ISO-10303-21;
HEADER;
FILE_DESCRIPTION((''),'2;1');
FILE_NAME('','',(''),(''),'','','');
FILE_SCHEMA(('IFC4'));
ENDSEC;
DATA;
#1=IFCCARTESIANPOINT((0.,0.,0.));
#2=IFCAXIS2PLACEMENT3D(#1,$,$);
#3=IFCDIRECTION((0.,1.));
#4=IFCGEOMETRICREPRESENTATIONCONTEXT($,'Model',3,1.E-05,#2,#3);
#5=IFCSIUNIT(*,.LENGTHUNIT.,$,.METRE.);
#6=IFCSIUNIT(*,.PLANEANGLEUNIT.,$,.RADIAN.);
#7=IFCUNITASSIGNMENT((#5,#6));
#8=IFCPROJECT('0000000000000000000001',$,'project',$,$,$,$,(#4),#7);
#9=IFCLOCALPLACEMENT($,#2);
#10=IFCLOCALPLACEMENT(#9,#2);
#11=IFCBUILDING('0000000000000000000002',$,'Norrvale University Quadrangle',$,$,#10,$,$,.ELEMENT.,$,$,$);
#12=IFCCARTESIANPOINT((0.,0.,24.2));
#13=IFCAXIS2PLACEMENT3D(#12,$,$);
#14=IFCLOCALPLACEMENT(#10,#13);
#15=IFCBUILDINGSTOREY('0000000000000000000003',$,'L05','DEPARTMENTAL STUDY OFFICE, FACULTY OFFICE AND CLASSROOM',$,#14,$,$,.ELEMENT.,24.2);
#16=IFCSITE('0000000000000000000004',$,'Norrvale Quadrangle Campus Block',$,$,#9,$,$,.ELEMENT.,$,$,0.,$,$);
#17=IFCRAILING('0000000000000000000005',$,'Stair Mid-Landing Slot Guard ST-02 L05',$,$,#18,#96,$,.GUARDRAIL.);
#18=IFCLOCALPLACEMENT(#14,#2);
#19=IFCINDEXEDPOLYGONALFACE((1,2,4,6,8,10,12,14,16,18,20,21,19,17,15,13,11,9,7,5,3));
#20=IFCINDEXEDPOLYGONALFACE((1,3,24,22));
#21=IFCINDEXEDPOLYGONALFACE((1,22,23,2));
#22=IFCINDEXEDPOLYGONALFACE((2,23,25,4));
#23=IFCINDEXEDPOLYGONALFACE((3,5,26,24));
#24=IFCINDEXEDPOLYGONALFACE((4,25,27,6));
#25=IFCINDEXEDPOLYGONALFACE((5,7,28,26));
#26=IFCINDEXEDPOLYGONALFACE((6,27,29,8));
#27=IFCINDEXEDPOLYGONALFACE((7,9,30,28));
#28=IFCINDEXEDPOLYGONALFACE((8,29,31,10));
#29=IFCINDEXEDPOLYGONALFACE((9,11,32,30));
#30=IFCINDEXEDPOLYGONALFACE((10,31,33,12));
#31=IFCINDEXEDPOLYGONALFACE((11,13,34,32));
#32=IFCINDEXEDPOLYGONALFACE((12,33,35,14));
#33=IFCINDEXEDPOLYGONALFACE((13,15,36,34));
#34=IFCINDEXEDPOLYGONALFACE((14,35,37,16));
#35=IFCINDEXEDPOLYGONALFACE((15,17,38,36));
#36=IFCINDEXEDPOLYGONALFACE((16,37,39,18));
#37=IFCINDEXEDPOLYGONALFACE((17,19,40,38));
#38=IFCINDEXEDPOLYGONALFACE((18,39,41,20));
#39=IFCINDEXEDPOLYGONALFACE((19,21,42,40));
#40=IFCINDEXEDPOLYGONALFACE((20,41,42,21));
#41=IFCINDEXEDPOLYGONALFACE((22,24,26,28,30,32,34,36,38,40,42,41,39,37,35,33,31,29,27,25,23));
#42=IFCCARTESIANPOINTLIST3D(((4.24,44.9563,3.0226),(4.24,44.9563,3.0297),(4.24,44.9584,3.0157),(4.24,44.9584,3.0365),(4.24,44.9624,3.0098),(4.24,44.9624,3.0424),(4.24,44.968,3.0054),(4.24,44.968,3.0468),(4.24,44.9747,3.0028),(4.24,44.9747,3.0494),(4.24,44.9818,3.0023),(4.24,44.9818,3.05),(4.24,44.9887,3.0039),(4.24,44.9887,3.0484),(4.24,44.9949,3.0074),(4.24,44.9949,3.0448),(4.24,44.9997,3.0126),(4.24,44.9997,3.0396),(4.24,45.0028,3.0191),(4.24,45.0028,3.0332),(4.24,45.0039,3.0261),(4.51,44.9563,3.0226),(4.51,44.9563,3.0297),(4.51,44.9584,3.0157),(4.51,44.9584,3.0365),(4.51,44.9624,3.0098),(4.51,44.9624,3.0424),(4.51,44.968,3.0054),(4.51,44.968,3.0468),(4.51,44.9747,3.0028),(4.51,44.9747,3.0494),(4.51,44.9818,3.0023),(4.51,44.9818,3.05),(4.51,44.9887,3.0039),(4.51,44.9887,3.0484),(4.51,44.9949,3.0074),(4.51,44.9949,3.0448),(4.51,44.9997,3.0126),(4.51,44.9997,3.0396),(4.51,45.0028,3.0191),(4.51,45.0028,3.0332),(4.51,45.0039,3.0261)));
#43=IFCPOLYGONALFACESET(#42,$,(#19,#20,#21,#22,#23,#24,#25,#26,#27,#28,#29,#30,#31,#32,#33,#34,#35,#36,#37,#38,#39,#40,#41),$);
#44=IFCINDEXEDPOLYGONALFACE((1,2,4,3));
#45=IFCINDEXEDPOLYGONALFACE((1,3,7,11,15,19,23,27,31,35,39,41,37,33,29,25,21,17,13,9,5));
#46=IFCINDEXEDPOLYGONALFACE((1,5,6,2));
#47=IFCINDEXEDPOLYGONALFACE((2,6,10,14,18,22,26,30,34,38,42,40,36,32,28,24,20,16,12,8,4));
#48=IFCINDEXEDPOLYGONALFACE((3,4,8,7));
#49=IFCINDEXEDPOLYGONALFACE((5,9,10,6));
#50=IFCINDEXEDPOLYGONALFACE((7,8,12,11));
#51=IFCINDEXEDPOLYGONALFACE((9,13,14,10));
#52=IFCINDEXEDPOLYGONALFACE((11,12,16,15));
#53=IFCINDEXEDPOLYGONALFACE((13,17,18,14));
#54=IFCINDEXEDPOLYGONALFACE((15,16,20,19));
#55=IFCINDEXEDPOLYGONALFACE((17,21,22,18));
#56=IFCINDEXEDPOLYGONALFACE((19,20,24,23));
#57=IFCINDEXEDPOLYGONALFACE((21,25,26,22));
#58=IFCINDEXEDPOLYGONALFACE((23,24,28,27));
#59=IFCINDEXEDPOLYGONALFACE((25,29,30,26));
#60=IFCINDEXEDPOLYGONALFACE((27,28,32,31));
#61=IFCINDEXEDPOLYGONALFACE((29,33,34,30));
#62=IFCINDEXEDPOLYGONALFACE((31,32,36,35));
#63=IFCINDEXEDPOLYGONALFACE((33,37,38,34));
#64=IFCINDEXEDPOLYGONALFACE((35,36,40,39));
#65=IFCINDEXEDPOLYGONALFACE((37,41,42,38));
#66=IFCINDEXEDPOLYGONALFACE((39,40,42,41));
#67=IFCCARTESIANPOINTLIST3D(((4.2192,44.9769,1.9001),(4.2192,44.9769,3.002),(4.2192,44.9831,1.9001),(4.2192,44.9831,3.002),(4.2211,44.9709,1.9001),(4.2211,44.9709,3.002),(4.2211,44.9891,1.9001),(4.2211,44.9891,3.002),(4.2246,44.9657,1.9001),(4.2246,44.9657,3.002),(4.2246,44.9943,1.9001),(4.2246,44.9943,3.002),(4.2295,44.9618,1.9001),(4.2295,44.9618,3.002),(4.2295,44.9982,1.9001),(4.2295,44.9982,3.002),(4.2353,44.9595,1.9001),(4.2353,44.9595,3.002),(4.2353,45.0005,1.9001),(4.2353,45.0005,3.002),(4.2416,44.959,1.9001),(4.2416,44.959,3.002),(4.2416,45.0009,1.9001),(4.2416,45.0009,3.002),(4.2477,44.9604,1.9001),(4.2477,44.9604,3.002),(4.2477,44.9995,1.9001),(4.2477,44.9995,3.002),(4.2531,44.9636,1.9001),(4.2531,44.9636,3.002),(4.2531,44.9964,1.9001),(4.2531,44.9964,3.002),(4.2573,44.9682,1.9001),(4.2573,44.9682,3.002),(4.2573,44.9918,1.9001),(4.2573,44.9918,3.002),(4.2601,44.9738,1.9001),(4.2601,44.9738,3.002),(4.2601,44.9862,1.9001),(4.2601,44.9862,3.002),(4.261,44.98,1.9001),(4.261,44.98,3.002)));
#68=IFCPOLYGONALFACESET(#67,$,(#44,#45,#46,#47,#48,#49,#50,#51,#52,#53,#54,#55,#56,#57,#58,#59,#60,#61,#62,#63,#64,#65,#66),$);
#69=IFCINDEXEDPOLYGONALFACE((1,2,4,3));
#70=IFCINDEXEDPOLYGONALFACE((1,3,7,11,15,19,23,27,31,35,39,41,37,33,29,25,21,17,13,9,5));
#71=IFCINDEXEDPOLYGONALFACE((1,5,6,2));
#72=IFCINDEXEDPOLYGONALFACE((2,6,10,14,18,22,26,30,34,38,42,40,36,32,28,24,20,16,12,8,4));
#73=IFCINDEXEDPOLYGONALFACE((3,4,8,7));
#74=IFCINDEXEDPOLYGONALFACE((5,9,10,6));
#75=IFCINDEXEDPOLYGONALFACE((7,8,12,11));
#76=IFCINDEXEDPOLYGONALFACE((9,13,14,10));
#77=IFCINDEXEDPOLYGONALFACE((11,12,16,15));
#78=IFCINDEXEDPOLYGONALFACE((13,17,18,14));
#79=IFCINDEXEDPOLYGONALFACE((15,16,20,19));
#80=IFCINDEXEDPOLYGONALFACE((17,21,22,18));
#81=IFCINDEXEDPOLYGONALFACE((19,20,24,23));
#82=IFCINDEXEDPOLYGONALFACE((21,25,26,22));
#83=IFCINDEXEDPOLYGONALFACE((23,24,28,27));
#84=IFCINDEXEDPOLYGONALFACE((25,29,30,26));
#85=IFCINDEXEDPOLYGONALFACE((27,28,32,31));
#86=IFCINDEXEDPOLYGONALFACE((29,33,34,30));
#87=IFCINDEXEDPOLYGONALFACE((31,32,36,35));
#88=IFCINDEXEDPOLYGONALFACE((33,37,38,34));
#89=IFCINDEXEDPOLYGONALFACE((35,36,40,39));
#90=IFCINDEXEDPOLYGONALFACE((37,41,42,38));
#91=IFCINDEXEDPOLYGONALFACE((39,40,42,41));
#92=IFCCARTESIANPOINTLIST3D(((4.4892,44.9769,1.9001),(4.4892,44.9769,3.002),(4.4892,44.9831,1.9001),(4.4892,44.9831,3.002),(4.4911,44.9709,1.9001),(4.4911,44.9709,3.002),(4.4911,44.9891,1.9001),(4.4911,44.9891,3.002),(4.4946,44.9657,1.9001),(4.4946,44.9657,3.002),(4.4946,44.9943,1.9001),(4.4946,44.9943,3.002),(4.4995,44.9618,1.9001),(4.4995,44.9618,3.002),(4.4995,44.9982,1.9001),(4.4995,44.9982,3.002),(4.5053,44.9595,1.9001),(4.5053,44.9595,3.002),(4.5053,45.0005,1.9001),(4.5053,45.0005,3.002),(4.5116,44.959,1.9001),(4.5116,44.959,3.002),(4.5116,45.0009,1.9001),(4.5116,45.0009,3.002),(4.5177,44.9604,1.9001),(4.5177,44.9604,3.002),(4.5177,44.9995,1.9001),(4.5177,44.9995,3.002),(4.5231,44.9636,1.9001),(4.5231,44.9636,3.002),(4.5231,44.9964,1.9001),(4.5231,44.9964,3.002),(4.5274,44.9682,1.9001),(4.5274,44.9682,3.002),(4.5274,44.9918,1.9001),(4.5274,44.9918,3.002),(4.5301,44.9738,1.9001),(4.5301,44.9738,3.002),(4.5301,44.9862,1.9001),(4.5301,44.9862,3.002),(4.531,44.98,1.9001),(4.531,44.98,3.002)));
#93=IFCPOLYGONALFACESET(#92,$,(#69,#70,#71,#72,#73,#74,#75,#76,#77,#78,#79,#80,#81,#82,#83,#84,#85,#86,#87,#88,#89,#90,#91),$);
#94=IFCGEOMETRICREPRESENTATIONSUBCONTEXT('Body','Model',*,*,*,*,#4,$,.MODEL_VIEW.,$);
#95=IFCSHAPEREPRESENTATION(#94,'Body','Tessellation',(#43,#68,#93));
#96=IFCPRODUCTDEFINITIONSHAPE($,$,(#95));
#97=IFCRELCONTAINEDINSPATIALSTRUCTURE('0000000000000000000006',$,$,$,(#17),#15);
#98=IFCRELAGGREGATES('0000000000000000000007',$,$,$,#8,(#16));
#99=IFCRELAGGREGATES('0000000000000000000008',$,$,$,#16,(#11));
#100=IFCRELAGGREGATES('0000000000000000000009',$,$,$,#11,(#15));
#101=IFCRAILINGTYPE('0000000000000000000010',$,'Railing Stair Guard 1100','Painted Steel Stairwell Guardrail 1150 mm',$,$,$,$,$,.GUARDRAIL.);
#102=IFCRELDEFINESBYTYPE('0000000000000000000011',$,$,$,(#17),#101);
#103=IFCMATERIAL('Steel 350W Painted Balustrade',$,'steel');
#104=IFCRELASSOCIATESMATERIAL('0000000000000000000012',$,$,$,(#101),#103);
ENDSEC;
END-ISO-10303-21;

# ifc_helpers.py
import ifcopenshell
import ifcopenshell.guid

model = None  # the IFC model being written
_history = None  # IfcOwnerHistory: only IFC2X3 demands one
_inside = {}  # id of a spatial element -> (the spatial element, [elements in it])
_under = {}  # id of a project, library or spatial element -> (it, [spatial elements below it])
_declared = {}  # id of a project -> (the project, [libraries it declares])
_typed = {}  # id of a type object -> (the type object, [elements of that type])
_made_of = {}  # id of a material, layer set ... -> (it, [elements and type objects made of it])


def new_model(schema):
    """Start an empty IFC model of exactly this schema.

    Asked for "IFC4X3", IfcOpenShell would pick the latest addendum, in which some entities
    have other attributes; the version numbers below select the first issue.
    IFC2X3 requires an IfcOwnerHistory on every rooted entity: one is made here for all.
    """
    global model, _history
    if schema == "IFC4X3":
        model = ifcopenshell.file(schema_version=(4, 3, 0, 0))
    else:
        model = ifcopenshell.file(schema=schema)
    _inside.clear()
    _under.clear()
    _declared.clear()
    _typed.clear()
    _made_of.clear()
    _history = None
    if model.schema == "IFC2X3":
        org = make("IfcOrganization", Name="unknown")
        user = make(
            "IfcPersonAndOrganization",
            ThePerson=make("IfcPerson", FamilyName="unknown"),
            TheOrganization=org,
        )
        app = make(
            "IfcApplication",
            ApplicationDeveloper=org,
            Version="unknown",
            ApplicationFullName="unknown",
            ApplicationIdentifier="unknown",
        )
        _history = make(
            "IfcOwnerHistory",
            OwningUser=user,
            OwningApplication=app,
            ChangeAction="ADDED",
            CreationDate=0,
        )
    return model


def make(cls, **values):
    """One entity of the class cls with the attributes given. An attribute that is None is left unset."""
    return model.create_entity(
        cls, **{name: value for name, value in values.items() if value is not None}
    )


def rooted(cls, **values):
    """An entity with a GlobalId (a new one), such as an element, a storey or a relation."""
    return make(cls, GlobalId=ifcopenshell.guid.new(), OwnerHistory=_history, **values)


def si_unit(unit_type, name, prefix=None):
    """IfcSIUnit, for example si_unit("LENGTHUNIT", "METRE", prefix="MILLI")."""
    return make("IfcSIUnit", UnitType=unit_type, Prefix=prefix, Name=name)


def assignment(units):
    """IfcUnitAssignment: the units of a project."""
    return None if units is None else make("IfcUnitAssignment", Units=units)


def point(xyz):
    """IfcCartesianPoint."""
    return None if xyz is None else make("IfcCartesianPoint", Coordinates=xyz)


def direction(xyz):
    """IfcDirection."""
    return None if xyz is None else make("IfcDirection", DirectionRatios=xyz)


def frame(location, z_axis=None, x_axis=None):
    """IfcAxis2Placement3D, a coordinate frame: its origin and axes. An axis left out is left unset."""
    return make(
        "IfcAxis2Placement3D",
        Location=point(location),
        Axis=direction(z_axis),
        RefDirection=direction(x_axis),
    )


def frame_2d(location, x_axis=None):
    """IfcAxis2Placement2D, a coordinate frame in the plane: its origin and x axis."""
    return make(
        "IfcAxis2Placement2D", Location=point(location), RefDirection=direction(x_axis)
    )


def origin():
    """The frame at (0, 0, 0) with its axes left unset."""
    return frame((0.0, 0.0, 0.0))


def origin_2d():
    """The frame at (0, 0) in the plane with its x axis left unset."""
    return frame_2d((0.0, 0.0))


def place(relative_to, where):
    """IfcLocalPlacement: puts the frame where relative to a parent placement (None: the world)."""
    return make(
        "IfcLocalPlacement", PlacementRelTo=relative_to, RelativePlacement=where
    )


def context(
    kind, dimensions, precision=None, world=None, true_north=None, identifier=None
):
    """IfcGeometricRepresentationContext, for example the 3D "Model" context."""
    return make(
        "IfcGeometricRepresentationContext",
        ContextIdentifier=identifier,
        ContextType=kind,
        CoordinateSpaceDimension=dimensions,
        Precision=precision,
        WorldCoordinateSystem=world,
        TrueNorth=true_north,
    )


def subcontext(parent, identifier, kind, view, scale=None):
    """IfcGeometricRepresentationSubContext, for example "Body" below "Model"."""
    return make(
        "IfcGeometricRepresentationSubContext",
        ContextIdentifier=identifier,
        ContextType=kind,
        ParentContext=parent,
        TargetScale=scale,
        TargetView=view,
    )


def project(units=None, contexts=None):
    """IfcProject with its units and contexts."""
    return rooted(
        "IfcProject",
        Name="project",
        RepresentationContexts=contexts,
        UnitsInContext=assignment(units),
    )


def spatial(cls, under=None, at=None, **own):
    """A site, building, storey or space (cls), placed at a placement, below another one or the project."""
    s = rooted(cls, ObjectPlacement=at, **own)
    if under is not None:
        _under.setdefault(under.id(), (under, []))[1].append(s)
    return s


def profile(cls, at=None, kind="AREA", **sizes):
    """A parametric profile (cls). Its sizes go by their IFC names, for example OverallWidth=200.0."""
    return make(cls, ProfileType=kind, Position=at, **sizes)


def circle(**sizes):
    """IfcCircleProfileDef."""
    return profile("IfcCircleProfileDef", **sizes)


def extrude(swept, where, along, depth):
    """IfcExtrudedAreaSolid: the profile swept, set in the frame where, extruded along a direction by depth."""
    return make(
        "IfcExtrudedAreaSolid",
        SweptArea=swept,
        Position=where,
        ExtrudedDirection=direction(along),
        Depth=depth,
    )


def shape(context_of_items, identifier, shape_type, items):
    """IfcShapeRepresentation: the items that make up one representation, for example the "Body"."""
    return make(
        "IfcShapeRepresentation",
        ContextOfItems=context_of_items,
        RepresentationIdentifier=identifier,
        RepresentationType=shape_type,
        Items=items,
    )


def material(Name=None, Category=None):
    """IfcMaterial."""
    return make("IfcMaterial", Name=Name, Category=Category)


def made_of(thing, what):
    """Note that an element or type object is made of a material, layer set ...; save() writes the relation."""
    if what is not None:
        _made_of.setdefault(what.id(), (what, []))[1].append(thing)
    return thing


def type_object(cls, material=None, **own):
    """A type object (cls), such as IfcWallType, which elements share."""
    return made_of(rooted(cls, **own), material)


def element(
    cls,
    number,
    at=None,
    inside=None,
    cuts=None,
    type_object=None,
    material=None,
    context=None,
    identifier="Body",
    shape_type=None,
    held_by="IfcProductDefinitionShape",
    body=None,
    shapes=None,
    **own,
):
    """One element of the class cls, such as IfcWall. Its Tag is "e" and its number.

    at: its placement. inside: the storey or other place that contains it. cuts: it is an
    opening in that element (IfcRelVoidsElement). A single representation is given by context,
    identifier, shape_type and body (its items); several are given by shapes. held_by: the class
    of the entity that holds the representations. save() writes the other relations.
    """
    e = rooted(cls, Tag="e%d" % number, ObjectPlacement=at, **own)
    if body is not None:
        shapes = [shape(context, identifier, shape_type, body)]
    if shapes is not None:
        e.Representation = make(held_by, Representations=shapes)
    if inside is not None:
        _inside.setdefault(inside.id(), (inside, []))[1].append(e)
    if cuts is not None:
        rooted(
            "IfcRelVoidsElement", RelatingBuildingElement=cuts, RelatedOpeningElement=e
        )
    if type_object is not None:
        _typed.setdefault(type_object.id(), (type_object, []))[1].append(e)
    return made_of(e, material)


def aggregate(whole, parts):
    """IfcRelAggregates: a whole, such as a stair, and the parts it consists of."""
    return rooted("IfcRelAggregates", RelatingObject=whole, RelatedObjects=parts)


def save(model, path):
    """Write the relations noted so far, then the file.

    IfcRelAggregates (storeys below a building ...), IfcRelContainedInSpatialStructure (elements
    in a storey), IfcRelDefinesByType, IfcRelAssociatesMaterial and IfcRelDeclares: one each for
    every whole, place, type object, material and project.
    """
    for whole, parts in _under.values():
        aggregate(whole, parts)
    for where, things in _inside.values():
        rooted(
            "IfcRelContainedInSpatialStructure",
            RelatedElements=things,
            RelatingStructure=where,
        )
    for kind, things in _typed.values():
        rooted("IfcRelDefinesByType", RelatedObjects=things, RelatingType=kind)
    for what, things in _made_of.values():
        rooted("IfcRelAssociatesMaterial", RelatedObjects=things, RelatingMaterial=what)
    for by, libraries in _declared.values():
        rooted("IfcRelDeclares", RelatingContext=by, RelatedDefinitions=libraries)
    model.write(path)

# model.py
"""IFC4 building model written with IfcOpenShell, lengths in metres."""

from ifc_helpers import new_model, si_unit, direction, frame, origin, origin_2d, place, context, subcontext, project, spatial, circle, extrude, material, type_object, element, save


model = new_model("IFC4")

# Units and contexts
model_context = context("Model", 3, precision=1e-05, world=origin(), true_north=direction((0.0, 1.0)))
body_context = subcontext(model_context, "Body", "Model", "MODEL_VIEW")
ifc_project = project(units=[si_unit("LENGTHUNIT", "METRE"), si_unit("PLANEANGLEUNIT", "RADIAN")], contexts=[model_context])

# Site, building, storey
site_placement = place(None, origin())
site = spatial("IfcSite", under=ifc_project, at=site_placement, Name="Norrvale Quadrangle Campus Block", CompositionType="ELEMENT", RefElevation=0.0)
building_placement = place(site_placement, origin())
building = spatial("IfcBuilding", under=site, at=building_placement, Name="Norrvale University Quadrangle", CompositionType="ELEMENT")
storey_placement = place(building_placement, frame((0.0, 0.0, 24.2)))
storey = spatial("IfcBuildingStorey", under=building, at=storey_placement, Name="L05", Description="DEPARTMENTAL STUDY OFFICE, FACULTY OFFICE AND CLASSROOM", CompositionType="ELEMENT", Elevation=24.2)

# Railing
ifc_material_1 = material(Name="Steel 350W Painted Balustrade", Category="steel")
railing_type_1 = type_object("IfcRailingType", Name="Railing Stair Guard 1100", Description="Painted Steel Stairwell Guardrail 1150 mm", PredefinedType="GUARDRAIL", material=ifc_material_1)
for number, where, name in (
    (1, (4.24, 44.98, 1.9001), "Stair Mid-Landing Slot Guard ST-02 L05"),
):
    element("IfcRailing", number, at=place(storey_placement, frame(where)), inside=storey, type_object=railing_type_1, Name=name, PredefinedType="GUARDRAIL", context=body_context, shape_type="SweptSolid", body=[
        extrude(circle(Radius=0.0239, at=origin_2d()), frame((0.0, 0.0, 1.126), z_axis=(1.0, 0.0, 0.0), x_axis=(0.0, 1.0, 0.0)), (0.0, 0.0, 1.0), 0.27),
        extrude(circle(Radius=0.021, at=origin_2d()), origin(), (0.0, 0.0, 1.0), 1.1018),
        extrude(circle(Radius=0.021, at=origin_2d()), frame((0.27, 0.0, 0.0)), (0.0, 0.0, 1.0), 1.1018),
    ])

save(model, "model.ifc")
